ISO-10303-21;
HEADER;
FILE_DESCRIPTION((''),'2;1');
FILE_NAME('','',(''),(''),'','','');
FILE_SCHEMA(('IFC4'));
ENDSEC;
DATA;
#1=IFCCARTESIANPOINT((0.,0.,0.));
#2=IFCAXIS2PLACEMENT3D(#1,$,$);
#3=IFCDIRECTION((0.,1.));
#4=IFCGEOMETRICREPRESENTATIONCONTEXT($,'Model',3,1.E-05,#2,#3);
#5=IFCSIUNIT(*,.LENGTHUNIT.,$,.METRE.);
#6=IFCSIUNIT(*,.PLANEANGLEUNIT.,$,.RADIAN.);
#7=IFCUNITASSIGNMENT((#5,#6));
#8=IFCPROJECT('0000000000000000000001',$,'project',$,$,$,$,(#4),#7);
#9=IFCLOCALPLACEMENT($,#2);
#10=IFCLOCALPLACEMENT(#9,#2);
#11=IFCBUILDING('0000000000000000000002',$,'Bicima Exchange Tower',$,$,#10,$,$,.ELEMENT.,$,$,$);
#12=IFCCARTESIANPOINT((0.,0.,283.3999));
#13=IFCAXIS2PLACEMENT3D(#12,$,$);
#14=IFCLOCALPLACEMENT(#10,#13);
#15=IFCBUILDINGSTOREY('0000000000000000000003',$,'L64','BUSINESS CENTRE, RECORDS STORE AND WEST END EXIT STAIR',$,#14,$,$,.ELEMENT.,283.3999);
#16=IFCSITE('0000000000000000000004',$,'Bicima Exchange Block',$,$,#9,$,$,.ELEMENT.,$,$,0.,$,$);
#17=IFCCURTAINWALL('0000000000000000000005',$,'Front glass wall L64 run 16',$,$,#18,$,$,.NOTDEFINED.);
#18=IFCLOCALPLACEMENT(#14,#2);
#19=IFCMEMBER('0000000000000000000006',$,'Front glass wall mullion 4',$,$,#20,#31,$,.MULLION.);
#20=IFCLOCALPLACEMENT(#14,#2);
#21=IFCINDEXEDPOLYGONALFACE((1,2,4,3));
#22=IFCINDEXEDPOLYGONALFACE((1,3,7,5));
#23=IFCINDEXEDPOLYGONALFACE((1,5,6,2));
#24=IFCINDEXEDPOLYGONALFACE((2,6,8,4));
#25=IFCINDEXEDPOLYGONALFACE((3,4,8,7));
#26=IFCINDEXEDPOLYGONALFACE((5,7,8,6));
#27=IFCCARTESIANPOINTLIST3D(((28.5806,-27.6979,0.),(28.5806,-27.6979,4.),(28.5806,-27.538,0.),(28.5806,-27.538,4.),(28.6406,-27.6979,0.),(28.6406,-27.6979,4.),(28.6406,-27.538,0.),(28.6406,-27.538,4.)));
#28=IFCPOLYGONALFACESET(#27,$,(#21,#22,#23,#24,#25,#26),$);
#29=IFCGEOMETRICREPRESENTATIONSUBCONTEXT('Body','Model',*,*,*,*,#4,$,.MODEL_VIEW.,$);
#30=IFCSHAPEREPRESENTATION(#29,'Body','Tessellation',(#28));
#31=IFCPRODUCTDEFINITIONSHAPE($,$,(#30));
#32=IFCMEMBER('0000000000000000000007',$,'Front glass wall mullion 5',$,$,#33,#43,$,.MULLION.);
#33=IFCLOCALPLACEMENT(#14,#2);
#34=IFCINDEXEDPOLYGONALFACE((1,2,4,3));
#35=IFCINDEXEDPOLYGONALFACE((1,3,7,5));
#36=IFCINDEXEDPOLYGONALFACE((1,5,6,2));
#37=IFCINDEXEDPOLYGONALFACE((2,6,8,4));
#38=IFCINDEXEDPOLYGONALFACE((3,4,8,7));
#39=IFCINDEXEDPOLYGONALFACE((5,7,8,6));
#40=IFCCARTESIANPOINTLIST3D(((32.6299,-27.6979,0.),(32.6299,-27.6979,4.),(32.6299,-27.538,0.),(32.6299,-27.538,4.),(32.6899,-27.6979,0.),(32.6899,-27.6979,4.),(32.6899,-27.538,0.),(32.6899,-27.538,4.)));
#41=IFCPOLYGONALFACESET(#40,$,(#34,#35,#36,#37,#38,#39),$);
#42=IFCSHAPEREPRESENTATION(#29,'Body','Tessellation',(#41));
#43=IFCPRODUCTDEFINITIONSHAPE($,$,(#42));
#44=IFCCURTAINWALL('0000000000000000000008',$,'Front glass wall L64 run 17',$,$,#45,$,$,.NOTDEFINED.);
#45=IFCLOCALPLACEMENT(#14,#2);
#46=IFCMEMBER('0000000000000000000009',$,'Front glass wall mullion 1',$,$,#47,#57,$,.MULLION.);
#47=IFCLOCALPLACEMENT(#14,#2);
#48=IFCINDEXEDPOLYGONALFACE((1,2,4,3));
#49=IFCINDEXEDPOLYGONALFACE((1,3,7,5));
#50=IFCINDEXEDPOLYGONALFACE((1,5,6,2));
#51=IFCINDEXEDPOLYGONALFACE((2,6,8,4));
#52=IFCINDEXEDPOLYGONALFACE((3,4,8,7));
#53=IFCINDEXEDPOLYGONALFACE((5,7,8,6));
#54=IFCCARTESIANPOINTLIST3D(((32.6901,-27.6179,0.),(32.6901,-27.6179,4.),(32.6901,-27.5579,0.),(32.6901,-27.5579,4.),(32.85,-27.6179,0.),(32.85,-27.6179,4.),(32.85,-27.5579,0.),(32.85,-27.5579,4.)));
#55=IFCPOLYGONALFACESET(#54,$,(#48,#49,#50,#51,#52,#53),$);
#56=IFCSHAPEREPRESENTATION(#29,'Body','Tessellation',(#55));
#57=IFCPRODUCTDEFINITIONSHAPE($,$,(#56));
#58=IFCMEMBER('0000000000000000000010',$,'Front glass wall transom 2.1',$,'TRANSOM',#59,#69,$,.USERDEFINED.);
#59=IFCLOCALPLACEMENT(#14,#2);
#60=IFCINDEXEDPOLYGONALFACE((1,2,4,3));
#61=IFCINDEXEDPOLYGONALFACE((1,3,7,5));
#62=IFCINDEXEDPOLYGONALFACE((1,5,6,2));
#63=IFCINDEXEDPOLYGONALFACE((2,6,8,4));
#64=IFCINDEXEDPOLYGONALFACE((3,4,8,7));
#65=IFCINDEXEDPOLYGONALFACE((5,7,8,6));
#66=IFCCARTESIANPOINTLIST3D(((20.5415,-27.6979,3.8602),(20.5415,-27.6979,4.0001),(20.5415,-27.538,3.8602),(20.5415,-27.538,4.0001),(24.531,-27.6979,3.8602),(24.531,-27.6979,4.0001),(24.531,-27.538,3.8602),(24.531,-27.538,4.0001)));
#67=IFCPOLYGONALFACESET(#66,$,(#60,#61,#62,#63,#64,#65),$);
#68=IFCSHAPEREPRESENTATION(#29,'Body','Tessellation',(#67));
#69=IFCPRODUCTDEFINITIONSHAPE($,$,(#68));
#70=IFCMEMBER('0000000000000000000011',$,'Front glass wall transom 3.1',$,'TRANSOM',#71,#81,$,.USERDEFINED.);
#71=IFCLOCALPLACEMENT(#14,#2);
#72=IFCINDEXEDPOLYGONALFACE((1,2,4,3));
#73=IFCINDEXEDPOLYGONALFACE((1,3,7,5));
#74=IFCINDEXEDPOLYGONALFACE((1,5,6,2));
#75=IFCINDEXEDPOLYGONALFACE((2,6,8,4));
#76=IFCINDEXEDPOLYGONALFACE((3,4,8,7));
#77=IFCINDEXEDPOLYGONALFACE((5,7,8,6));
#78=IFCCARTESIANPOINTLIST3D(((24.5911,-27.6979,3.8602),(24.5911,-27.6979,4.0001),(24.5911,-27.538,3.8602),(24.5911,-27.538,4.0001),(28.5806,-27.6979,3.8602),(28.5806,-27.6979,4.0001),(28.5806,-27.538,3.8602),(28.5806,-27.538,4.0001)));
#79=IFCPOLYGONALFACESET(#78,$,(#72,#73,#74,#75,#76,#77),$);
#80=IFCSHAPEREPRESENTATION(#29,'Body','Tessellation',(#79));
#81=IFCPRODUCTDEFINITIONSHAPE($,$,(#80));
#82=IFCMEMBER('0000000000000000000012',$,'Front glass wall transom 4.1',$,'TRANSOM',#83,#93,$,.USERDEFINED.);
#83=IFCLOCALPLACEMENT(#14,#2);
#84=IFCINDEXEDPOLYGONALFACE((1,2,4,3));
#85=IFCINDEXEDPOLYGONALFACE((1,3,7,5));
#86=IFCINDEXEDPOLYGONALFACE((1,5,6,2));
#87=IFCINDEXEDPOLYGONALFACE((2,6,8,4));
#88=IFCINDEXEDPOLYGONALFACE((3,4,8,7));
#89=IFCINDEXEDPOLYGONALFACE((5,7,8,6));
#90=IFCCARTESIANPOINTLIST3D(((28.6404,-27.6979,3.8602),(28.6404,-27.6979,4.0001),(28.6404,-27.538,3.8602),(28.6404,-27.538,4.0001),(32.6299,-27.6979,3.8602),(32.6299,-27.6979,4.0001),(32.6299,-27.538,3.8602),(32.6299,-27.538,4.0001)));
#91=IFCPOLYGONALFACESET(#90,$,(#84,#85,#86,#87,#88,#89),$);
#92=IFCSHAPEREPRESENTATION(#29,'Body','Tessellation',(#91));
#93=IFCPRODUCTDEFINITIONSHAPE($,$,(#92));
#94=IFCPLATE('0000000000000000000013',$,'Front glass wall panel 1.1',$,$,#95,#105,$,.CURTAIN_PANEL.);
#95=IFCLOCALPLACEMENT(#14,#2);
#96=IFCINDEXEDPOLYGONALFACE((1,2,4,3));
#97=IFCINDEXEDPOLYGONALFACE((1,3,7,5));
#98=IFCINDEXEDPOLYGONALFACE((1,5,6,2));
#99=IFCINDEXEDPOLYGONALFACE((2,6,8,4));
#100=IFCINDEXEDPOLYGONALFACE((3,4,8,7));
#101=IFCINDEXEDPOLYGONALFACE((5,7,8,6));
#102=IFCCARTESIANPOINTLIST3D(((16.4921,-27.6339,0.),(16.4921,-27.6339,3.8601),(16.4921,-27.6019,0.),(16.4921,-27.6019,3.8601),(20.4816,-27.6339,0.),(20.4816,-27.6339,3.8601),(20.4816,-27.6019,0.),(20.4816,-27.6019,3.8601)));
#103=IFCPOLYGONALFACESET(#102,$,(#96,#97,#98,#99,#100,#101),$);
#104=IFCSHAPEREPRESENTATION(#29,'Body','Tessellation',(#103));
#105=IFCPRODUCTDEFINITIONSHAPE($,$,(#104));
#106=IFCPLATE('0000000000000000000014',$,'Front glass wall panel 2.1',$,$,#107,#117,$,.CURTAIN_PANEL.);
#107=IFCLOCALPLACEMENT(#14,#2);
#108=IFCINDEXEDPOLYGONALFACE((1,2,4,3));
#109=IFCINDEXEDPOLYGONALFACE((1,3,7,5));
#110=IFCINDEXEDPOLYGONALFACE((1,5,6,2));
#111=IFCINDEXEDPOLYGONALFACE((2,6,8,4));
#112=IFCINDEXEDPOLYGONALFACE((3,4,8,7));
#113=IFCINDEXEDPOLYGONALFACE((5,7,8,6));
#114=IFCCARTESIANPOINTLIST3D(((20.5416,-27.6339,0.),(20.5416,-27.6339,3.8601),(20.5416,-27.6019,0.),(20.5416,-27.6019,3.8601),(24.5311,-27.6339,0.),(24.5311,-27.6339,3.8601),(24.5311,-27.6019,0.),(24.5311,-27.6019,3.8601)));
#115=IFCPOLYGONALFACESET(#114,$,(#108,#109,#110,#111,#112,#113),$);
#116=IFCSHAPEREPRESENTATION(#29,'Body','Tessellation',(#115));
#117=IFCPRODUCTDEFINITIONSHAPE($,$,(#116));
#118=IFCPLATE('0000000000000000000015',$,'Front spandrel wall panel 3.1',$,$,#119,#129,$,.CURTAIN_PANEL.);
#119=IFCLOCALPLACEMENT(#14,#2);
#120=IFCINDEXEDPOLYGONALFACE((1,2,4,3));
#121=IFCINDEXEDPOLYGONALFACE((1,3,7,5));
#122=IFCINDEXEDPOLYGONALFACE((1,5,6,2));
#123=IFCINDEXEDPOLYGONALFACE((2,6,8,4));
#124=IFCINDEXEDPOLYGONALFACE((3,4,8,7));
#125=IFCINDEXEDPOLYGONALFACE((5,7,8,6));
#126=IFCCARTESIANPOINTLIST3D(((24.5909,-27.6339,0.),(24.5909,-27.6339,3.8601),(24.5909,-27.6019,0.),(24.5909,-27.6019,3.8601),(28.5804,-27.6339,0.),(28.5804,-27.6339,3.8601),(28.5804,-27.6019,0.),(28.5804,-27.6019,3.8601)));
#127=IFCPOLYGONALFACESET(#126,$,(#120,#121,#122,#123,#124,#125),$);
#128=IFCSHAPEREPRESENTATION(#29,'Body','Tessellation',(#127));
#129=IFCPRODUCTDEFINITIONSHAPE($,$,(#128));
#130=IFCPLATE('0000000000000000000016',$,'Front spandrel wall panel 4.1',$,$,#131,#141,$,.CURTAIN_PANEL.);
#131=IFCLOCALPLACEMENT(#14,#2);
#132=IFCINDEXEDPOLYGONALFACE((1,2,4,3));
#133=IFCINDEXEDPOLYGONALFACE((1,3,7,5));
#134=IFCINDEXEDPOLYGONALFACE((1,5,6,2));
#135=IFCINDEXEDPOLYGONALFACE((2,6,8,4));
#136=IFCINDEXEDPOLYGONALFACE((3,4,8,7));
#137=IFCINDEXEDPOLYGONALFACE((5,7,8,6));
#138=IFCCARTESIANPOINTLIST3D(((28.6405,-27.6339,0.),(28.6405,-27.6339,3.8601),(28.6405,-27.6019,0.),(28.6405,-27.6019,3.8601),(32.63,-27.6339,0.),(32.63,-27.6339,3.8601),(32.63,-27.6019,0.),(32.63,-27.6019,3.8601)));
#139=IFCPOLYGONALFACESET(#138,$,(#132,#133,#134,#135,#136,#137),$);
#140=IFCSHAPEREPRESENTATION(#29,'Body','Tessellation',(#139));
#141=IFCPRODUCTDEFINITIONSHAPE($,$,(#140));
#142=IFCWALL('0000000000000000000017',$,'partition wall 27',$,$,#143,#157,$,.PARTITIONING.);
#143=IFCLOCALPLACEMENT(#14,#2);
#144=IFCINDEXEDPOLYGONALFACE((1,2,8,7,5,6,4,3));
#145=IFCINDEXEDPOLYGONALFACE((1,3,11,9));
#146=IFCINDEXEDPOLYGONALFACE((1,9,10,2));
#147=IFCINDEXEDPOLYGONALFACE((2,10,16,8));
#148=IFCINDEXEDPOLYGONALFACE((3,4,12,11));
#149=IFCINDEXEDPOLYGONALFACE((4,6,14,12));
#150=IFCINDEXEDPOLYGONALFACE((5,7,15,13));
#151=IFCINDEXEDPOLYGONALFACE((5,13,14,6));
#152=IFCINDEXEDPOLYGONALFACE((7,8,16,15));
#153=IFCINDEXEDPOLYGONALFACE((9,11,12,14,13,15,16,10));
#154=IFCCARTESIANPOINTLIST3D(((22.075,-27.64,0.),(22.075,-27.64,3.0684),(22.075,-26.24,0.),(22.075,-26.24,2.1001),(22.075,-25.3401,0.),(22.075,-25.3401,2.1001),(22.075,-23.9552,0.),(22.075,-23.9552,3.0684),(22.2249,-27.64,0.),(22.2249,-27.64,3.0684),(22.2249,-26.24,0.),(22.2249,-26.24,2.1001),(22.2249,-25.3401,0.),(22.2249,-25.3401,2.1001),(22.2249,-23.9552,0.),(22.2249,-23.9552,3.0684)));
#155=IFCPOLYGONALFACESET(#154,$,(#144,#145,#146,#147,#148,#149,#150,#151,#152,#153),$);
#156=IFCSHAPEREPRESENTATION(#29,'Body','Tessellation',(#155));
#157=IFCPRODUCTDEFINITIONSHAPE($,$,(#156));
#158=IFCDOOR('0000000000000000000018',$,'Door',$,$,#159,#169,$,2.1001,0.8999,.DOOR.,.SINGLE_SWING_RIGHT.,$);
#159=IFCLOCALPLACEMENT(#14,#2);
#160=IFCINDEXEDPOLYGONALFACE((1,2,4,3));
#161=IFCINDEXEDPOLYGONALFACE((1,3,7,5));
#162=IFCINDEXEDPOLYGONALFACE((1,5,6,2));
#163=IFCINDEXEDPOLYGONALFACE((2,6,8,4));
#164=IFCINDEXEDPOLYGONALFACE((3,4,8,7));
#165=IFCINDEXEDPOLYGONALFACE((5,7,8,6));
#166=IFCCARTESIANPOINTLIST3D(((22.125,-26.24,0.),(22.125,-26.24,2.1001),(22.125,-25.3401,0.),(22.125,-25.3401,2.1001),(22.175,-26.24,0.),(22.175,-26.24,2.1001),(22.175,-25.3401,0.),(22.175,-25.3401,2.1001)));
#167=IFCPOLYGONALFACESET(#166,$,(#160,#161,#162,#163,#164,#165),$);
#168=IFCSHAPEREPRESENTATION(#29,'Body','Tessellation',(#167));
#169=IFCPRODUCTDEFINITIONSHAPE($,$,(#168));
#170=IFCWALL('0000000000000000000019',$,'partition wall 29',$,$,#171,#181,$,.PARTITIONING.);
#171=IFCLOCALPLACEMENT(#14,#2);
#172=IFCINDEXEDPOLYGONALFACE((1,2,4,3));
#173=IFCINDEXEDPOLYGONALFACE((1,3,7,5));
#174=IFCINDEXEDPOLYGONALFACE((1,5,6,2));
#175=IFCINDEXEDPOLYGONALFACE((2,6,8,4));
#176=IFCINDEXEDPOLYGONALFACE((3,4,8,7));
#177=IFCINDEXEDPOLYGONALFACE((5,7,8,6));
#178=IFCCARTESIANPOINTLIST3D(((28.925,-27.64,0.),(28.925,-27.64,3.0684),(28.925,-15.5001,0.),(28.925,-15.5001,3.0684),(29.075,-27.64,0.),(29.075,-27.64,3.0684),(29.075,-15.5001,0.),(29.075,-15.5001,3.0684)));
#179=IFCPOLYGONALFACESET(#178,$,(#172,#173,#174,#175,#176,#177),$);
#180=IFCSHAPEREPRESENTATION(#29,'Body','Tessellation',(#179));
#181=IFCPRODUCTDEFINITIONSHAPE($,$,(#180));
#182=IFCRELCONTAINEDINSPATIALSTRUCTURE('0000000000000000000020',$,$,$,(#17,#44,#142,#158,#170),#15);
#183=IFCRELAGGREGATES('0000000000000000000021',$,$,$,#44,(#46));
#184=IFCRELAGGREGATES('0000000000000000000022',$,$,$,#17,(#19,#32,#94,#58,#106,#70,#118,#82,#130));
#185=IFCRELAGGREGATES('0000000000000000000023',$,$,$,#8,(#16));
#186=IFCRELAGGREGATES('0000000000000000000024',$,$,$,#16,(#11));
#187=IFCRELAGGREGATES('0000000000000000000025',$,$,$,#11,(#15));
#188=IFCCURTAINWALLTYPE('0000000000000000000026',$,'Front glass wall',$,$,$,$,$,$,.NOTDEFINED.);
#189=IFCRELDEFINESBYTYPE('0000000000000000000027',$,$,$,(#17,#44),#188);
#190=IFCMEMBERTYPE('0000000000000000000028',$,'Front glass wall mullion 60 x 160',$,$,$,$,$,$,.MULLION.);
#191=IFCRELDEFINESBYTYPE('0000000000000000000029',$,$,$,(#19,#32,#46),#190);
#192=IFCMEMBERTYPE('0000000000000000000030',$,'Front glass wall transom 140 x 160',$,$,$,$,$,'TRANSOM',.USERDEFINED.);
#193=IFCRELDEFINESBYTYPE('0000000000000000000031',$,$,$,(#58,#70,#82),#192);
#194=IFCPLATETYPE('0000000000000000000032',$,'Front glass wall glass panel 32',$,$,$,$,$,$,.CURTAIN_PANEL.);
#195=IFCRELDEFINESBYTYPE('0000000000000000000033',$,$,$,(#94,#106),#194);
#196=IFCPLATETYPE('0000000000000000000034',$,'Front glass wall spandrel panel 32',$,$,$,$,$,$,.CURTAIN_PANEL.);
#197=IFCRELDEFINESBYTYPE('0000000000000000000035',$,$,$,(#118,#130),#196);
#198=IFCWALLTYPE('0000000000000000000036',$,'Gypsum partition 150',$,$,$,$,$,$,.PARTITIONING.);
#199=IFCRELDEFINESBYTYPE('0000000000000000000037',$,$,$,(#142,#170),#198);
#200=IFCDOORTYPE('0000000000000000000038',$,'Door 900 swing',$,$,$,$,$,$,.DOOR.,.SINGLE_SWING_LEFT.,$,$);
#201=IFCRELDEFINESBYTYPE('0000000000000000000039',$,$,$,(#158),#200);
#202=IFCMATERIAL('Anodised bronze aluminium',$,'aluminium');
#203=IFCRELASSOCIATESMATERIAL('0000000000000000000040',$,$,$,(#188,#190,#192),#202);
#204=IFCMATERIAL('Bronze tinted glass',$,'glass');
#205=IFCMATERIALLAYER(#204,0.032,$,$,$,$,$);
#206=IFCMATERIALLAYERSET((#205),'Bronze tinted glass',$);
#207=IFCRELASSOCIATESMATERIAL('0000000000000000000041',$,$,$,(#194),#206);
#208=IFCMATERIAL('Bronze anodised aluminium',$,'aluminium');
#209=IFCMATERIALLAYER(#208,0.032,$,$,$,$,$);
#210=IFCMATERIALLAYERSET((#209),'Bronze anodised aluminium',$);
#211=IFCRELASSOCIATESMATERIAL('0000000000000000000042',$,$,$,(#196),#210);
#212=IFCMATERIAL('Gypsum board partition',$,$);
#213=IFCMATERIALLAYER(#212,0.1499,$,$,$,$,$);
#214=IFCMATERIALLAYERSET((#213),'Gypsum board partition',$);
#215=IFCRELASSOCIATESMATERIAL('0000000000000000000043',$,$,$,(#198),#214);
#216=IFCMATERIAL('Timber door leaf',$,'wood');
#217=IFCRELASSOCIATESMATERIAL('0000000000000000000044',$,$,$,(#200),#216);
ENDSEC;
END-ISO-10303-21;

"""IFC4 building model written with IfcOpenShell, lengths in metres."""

from ifc_helpers import new_model, si_unit, direction, frame, frame_2d, origin, origin_2d, place, context, subcontext, project, spatial, rectangle, extrude, material, layer, layer_set, material_profile, profile_set, type_object, element, fill, aggregate, save


model = new_model("IFC4")

# Units and contexts
model_context = context("Model", 3, precision=1e-05, world=origin(), true_north=direction((0.0, 1.0)))
body_context = subcontext(model_context, "Body", "Model", "MODEL_VIEW")
ifc_project = project(units=[si_unit("LENGTHUNIT", "METRE"), si_unit("PLANEANGLEUNIT", "RADIAN")], contexts=[model_context])

# Site, building, storey
site_placement = place(None, origin())
site = spatial("IfcSite", under=ifc_project, at=site_placement, Name="Bicima Exchange Block", CompositionType="ELEMENT", RefElevation=0.0)
building_placement = place(site_placement, origin())
building = spatial("IfcBuilding", under=site, at=building_placement, Name="Bicima Exchange Tower", CompositionType="ELEMENT")
storey_placement = place(building_placement, frame((0.0, 0.0, 283.3999)))
storey = spatial("IfcBuildingStorey", under=building, at=storey_placement, Name="L64", Description="BUSINESS CENTRE, RECORDS STORE AND WEST END EXIT STAIR", CompositionType="ELEMENT", Elevation=283.3999)

# Curtain wall, members
ifc_material_1 = material(Name="Anodised bronze aluminium", Category="aluminium")
curtain_wall_type = type_object("IfcCurtainWallType", Name="Front glass wall", PredefinedType="NOTDEFINED", material=ifc_material_1)
curtain_wall_1_placement = place(storey_placement, origin())
curtain_wall_1 = element("IfcCurtainWall", 1, at=curtain_wall_1_placement, inside=storey, type_object=curtain_wall_type, Name="Front glass wall L64 run 16", PredefinedType="NOTDEFINED")
ifc_material_profile_1 = material_profile(ifc_material_1, rectangle(XDim=0.1599, YDim=0.0601, at=origin_2d()))
ifc_profile_set_1 = profile_set([ifc_material_profile_1], Name="Anodised bronze aluminium")
member_type_1 = type_object("IfcMemberType", Name="Front glass wall mullion 60 x 160", PredefinedType="MULLION", material=ifc_profile_set_1)
member_1_placement = place(storey_placement, frame((28.6106, -27.6179, 0.0), z_axis=(0.0, 0.0, 1.0), x_axis=(0.0, 1.0, 0.0)))
member_1 = element("IfcMember", 2, at=member_1_placement, type_object=member_type_1, Name="Front glass wall mullion 4", PredefinedType="MULLION", context=body_context, shape_type="SweptSolid", body=[
    extrude(rectangle(XDim=0.1599, YDim=0.0601, at=origin_2d()), origin(), (0.0, 0.0, 1.0), 4.0),
])
member_2_placement = place(storey_placement, frame((32.6599, -27.6179, 0.0), z_axis=(0.0, 0.0, 1.0), x_axis=(0.0, 1.0, 0.0)))
member_2 = element("IfcMember", 3, at=member_2_placement, type_object=member_type_1, Name="Front glass wall mullion 5", PredefinedType="MULLION", context=body_context, shape_type="SweptSolid", body=[
    extrude(rectangle(XDim=0.1599, YDim=0.0601, at=origin_2d()), origin(), (0.0, 0.0, 1.0), 4.0),
])

# Curtain wall, member
curtain_wall_2_placement = place(storey_placement, origin())
curtain_wall_2 = element("IfcCurtainWall", 4, at=curtain_wall_2_placement, inside=storey, type_object=curtain_wall_type, Name="Front glass wall L64 run 17", PredefinedType="NOTDEFINED")
member_3_placement = place(storey_placement, frame((32.77, -27.5879, 0.0), z_axis=(0.0, 0.0, 1.0), x_axis=(-1.0, 0.0, 0.0)))
member_3 = element("IfcMember", 5, at=member_3_placement, type_object=member_type_1, Name="Front glass wall mullion 1", PredefinedType="MULLION", context=body_context, shape_type="SweptSolid", body=[
    extrude(rectangle(XDim=0.1599, YDim=0.0601, at=origin_2d()), origin(), (0.0, 0.0, 1.0), 4.0),
])
aggregate(curtain_wall_2, [member_3])

# Members
ifc_material_profile_2 = material_profile(ifc_material_1, rectangle(XDim=0.1599, YDim=0.1399, at=origin_2d()))
ifc_profile_set_2 = profile_set([ifc_material_profile_2], Name="Anodised bronze aluminium")
member_type_2 = type_object("IfcMemberType", Name="Front glass wall transom 140 x 160", ElementType="TRANSOM", PredefinedType="USERDEFINED", material=ifc_profile_set_2)
member_4_placement = place(storey_placement, frame((20.5415, -27.6179, 3.9302), z_axis=(1.0, 0.0, 0.0), x_axis=(0.0, 1.0, 0.0)))
member_4 = element("IfcMember", 6, at=member_4_placement, type_object=member_type_2, Name="Front glass wall transom 2.1", ObjectType="TRANSOM", PredefinedType="USERDEFINED", context=body_context, shape_type="SweptSolid", body=[
    extrude(rectangle(XDim=0.1599, YDim=0.1399, at=origin_2d()), origin(), (0.0, 0.0, 1.0), 3.9895),
])
member_5_placement = place(storey_placement, frame((24.5911, -27.6179, 3.9302), z_axis=(1.0, 0.0, 0.0), x_axis=(0.0, 1.0, 0.0)))
member_5 = element("IfcMember", 7, at=member_5_placement, type_object=member_type_2, Name="Front glass wall transom 3.1", ObjectType="TRANSOM", PredefinedType="USERDEFINED", context=body_context, shape_type="SweptSolid", body=[
    extrude(rectangle(XDim=0.1599, YDim=0.1399, at=origin_2d()), origin(), (0.0, 0.0, 1.0), 3.9895),
])
member_6_placement = place(storey_placement, frame((28.6404, -27.6179, 3.9302), z_axis=(1.0, 0.0, 0.0), x_axis=(0.0, 1.0, 0.0)))
member_6 = element("IfcMember", 8, at=member_6_placement, type_object=member_type_2, Name="Front glass wall transom 4.1", ObjectType="TRANSOM", PredefinedType="USERDEFINED", context=body_context, shape_type="SweptSolid", body=[
    extrude(rectangle(XDim=0.1599, YDim=0.1399, at=origin_2d()), origin(), (0.0, 0.0, 1.0), 3.9895),
])

# Plates
ifc_material_2 = material(Name="Bronze tinted glass", Category="glass")
ifc_layer_1 = layer(ifc_material_2, 0.032)
ifc_layer_set_1 = layer_set([ifc_layer_1], Name="Bronze tinted glass")
plate_type_1 = type_object("IfcPlateType", Name="Front glass wall glass panel 32", PredefinedType="CURTAIN_PANEL", material=ifc_layer_set_1)
plate_1_placement = place(storey_placement, frame((18.4868, -27.6179, 0.0), z_axis=(0.0, 0.0, 1.0), x_axis=(1.0, 0.0, 0.0)))
plate_1 = element("IfcPlate", 9, at=plate_1_placement, type_object=plate_type_1, Name="Front glass wall panel 1.1", PredefinedType="CURTAIN_PANEL", context=body_context, shape_type="SweptSolid", body=[
    extrude(rectangle(XDim=3.9895, YDim=0.032, at=origin_2d()), origin(), (0.0, 0.0, 1.0), 3.8601),
])
plate_2_placement = place(storey_placement, frame((22.5364, -27.6179, 0.0), z_axis=(0.0, 0.0, 1.0), x_axis=(1.0, 0.0, 0.0)))
plate_2 = element("IfcPlate", 10, at=plate_2_placement, type_object=plate_type_1, Name="Front glass wall panel 2.1", PredefinedType="CURTAIN_PANEL", context=body_context, shape_type="SweptSolid", body=[
    extrude(rectangle(XDim=3.9895, YDim=0.032, at=origin_2d()), origin(), (0.0, 0.0, 1.0), 3.8601),
])
ifc_material_3 = material(Name="Bronze anodised aluminium", Category="aluminium")
ifc_layer_2 = layer(ifc_material_3, 0.032)
ifc_layer_set_2 = layer_set([ifc_layer_2], Name="Bronze anodised aluminium")
plate_type_2 = type_object("IfcPlateType", Name="Front glass wall spandrel panel 32", PredefinedType="CURTAIN_PANEL", material=ifc_layer_set_2)
plate_3_placement = place(storey_placement, frame((26.5857, -27.6179, 0.0), z_axis=(0.0, 0.0, 1.0), x_axis=(1.0, 0.0, 0.0)))
plate_3 = element("IfcPlate", 11, at=plate_3_placement, type_object=plate_type_2, Name="Front spandrel wall panel 3.1", PredefinedType="CURTAIN_PANEL", context=body_context, shape_type="SweptSolid", body=[
    extrude(rectangle(XDim=3.9895, YDim=0.032, at=origin_2d()), origin(), (0.0, 0.0, 1.0), 3.8601),
])
plate_4_placement = place(storey_placement, frame((30.6353, -27.6179, 0.0), z_axis=(0.0, 0.0, 1.0), x_axis=(1.0, 0.0, 0.0)))
plate_4 = element("IfcPlate", 12, at=plate_4_placement, type_object=plate_type_2, Name="Front spandrel wall panel 4.1", PredefinedType="CURTAIN_PANEL", context=body_context, shape_type="SweptSolid", body=[
    extrude(rectangle(XDim=3.9895, YDim=0.032, at=origin_2d()), origin(), (0.0, 0.0, 1.0), 3.8601),
])
aggregate(curtain_wall_1, [member_1, member_2, plate_1, member_4, plate_2, member_5, plate_3, member_6, plate_4])

# Wall, opening, door
ifc_material_4 = material(Name="Gypsum board partition")
ifc_layer_3 = layer(ifc_material_4, 0.1499)
ifc_layer_set_3 = layer_set([ifc_layer_3], Name="Gypsum board partition")
wall_type = type_object("IfcWallType", Name="Gypsum partition 150", PredefinedType="PARTITIONING", material=ifc_layer_set_3)
wall_1_placement = place(storey_placement, frame((22.1499, -27.6399, 0.0), z_axis=(0.0, 0.0, 1.0), x_axis=(0.0, 1.0, 0.0)))
wall_1 = element("IfcWall", 13, at=wall_1_placement, inside=storey, type_object=wall_type, Name="partition wall 27", PredefinedType="PARTITIONING", context=body_context, shape_type="SweptSolid", body=[
    extrude(rectangle(XDim=3.6848, YDim=0.1499, at=frame_2d((1.8423, 0.0))), origin(), (0.0, 0.0, 1.0), 3.0684),
])
opening_placement = place(wall_1_placement, frame((1.3999, 0.0, 0.0)))
opening = element("IfcOpeningElement", 14, at=opening_placement, cuts=wall_1, PredefinedType="OPENING", context=body_context, shape_type="SweptSolid", body=[
    extrude(rectangle(XDim=0.8999, YDim=2.1001, at=frame_2d((0.45, 1.05))), frame((0.0, 0.0869, 0.0), z_axis=(0.0, -1.0, 0.0), x_axis=(1.0, 0.0, 0.0)), (0.0, 0.0, 1.0), 0.1738),
])
ifc_material_5 = material(Name="Timber door leaf", Category="wood")
door_type = type_object("IfcDoorType", Name="Door 900 swing", OperationType="SINGLE_SWING_LEFT", PredefinedType="DOOR", material=ifc_material_5)
door_placement = place(opening_placement, origin())
door = element("IfcDoor", 15, at=door_placement, inside=storey, type_object=door_type, Name="Door", OperationType="SINGLE_SWING_RIGHT", OverallHeight=2.1001, OverallWidth=0.8999, PredefinedType="DOOR", context=body_context, shape_type="SweptSolid", body=[
    extrude(rectangle(XDim=0.8999, YDim=2.1001, at=frame_2d((0.45, 1.05))), frame((0.0, 0.0249, 0.0), z_axis=(0.0, -1.0, 0.0), x_axis=(1.0, 0.0, 0.0)), (0.0, 0.0, 1.0), 0.05),
])
fill(opening, door)

# Wall
wall_2_placement = place(storey_placement, frame((29.0, -27.6399, 0.0), z_axis=(0.0, 0.0, 1.0), x_axis=(0.0, 1.0, 0.0)))
element("IfcWall", 16, at=wall_2_placement, inside=storey, type_object=wall_type, Name="partition wall 29", PredefinedType="PARTITIONING", context=body_context, shape_type="SweptSolid", body=[
    extrude(rectangle(XDim=12.1399, YDim=0.1499, at=frame_2d((6.0698, 0.0))), origin(), (0.0, 0.0, 1.0), 3.0684),
])

save(model, "model.ifc")
